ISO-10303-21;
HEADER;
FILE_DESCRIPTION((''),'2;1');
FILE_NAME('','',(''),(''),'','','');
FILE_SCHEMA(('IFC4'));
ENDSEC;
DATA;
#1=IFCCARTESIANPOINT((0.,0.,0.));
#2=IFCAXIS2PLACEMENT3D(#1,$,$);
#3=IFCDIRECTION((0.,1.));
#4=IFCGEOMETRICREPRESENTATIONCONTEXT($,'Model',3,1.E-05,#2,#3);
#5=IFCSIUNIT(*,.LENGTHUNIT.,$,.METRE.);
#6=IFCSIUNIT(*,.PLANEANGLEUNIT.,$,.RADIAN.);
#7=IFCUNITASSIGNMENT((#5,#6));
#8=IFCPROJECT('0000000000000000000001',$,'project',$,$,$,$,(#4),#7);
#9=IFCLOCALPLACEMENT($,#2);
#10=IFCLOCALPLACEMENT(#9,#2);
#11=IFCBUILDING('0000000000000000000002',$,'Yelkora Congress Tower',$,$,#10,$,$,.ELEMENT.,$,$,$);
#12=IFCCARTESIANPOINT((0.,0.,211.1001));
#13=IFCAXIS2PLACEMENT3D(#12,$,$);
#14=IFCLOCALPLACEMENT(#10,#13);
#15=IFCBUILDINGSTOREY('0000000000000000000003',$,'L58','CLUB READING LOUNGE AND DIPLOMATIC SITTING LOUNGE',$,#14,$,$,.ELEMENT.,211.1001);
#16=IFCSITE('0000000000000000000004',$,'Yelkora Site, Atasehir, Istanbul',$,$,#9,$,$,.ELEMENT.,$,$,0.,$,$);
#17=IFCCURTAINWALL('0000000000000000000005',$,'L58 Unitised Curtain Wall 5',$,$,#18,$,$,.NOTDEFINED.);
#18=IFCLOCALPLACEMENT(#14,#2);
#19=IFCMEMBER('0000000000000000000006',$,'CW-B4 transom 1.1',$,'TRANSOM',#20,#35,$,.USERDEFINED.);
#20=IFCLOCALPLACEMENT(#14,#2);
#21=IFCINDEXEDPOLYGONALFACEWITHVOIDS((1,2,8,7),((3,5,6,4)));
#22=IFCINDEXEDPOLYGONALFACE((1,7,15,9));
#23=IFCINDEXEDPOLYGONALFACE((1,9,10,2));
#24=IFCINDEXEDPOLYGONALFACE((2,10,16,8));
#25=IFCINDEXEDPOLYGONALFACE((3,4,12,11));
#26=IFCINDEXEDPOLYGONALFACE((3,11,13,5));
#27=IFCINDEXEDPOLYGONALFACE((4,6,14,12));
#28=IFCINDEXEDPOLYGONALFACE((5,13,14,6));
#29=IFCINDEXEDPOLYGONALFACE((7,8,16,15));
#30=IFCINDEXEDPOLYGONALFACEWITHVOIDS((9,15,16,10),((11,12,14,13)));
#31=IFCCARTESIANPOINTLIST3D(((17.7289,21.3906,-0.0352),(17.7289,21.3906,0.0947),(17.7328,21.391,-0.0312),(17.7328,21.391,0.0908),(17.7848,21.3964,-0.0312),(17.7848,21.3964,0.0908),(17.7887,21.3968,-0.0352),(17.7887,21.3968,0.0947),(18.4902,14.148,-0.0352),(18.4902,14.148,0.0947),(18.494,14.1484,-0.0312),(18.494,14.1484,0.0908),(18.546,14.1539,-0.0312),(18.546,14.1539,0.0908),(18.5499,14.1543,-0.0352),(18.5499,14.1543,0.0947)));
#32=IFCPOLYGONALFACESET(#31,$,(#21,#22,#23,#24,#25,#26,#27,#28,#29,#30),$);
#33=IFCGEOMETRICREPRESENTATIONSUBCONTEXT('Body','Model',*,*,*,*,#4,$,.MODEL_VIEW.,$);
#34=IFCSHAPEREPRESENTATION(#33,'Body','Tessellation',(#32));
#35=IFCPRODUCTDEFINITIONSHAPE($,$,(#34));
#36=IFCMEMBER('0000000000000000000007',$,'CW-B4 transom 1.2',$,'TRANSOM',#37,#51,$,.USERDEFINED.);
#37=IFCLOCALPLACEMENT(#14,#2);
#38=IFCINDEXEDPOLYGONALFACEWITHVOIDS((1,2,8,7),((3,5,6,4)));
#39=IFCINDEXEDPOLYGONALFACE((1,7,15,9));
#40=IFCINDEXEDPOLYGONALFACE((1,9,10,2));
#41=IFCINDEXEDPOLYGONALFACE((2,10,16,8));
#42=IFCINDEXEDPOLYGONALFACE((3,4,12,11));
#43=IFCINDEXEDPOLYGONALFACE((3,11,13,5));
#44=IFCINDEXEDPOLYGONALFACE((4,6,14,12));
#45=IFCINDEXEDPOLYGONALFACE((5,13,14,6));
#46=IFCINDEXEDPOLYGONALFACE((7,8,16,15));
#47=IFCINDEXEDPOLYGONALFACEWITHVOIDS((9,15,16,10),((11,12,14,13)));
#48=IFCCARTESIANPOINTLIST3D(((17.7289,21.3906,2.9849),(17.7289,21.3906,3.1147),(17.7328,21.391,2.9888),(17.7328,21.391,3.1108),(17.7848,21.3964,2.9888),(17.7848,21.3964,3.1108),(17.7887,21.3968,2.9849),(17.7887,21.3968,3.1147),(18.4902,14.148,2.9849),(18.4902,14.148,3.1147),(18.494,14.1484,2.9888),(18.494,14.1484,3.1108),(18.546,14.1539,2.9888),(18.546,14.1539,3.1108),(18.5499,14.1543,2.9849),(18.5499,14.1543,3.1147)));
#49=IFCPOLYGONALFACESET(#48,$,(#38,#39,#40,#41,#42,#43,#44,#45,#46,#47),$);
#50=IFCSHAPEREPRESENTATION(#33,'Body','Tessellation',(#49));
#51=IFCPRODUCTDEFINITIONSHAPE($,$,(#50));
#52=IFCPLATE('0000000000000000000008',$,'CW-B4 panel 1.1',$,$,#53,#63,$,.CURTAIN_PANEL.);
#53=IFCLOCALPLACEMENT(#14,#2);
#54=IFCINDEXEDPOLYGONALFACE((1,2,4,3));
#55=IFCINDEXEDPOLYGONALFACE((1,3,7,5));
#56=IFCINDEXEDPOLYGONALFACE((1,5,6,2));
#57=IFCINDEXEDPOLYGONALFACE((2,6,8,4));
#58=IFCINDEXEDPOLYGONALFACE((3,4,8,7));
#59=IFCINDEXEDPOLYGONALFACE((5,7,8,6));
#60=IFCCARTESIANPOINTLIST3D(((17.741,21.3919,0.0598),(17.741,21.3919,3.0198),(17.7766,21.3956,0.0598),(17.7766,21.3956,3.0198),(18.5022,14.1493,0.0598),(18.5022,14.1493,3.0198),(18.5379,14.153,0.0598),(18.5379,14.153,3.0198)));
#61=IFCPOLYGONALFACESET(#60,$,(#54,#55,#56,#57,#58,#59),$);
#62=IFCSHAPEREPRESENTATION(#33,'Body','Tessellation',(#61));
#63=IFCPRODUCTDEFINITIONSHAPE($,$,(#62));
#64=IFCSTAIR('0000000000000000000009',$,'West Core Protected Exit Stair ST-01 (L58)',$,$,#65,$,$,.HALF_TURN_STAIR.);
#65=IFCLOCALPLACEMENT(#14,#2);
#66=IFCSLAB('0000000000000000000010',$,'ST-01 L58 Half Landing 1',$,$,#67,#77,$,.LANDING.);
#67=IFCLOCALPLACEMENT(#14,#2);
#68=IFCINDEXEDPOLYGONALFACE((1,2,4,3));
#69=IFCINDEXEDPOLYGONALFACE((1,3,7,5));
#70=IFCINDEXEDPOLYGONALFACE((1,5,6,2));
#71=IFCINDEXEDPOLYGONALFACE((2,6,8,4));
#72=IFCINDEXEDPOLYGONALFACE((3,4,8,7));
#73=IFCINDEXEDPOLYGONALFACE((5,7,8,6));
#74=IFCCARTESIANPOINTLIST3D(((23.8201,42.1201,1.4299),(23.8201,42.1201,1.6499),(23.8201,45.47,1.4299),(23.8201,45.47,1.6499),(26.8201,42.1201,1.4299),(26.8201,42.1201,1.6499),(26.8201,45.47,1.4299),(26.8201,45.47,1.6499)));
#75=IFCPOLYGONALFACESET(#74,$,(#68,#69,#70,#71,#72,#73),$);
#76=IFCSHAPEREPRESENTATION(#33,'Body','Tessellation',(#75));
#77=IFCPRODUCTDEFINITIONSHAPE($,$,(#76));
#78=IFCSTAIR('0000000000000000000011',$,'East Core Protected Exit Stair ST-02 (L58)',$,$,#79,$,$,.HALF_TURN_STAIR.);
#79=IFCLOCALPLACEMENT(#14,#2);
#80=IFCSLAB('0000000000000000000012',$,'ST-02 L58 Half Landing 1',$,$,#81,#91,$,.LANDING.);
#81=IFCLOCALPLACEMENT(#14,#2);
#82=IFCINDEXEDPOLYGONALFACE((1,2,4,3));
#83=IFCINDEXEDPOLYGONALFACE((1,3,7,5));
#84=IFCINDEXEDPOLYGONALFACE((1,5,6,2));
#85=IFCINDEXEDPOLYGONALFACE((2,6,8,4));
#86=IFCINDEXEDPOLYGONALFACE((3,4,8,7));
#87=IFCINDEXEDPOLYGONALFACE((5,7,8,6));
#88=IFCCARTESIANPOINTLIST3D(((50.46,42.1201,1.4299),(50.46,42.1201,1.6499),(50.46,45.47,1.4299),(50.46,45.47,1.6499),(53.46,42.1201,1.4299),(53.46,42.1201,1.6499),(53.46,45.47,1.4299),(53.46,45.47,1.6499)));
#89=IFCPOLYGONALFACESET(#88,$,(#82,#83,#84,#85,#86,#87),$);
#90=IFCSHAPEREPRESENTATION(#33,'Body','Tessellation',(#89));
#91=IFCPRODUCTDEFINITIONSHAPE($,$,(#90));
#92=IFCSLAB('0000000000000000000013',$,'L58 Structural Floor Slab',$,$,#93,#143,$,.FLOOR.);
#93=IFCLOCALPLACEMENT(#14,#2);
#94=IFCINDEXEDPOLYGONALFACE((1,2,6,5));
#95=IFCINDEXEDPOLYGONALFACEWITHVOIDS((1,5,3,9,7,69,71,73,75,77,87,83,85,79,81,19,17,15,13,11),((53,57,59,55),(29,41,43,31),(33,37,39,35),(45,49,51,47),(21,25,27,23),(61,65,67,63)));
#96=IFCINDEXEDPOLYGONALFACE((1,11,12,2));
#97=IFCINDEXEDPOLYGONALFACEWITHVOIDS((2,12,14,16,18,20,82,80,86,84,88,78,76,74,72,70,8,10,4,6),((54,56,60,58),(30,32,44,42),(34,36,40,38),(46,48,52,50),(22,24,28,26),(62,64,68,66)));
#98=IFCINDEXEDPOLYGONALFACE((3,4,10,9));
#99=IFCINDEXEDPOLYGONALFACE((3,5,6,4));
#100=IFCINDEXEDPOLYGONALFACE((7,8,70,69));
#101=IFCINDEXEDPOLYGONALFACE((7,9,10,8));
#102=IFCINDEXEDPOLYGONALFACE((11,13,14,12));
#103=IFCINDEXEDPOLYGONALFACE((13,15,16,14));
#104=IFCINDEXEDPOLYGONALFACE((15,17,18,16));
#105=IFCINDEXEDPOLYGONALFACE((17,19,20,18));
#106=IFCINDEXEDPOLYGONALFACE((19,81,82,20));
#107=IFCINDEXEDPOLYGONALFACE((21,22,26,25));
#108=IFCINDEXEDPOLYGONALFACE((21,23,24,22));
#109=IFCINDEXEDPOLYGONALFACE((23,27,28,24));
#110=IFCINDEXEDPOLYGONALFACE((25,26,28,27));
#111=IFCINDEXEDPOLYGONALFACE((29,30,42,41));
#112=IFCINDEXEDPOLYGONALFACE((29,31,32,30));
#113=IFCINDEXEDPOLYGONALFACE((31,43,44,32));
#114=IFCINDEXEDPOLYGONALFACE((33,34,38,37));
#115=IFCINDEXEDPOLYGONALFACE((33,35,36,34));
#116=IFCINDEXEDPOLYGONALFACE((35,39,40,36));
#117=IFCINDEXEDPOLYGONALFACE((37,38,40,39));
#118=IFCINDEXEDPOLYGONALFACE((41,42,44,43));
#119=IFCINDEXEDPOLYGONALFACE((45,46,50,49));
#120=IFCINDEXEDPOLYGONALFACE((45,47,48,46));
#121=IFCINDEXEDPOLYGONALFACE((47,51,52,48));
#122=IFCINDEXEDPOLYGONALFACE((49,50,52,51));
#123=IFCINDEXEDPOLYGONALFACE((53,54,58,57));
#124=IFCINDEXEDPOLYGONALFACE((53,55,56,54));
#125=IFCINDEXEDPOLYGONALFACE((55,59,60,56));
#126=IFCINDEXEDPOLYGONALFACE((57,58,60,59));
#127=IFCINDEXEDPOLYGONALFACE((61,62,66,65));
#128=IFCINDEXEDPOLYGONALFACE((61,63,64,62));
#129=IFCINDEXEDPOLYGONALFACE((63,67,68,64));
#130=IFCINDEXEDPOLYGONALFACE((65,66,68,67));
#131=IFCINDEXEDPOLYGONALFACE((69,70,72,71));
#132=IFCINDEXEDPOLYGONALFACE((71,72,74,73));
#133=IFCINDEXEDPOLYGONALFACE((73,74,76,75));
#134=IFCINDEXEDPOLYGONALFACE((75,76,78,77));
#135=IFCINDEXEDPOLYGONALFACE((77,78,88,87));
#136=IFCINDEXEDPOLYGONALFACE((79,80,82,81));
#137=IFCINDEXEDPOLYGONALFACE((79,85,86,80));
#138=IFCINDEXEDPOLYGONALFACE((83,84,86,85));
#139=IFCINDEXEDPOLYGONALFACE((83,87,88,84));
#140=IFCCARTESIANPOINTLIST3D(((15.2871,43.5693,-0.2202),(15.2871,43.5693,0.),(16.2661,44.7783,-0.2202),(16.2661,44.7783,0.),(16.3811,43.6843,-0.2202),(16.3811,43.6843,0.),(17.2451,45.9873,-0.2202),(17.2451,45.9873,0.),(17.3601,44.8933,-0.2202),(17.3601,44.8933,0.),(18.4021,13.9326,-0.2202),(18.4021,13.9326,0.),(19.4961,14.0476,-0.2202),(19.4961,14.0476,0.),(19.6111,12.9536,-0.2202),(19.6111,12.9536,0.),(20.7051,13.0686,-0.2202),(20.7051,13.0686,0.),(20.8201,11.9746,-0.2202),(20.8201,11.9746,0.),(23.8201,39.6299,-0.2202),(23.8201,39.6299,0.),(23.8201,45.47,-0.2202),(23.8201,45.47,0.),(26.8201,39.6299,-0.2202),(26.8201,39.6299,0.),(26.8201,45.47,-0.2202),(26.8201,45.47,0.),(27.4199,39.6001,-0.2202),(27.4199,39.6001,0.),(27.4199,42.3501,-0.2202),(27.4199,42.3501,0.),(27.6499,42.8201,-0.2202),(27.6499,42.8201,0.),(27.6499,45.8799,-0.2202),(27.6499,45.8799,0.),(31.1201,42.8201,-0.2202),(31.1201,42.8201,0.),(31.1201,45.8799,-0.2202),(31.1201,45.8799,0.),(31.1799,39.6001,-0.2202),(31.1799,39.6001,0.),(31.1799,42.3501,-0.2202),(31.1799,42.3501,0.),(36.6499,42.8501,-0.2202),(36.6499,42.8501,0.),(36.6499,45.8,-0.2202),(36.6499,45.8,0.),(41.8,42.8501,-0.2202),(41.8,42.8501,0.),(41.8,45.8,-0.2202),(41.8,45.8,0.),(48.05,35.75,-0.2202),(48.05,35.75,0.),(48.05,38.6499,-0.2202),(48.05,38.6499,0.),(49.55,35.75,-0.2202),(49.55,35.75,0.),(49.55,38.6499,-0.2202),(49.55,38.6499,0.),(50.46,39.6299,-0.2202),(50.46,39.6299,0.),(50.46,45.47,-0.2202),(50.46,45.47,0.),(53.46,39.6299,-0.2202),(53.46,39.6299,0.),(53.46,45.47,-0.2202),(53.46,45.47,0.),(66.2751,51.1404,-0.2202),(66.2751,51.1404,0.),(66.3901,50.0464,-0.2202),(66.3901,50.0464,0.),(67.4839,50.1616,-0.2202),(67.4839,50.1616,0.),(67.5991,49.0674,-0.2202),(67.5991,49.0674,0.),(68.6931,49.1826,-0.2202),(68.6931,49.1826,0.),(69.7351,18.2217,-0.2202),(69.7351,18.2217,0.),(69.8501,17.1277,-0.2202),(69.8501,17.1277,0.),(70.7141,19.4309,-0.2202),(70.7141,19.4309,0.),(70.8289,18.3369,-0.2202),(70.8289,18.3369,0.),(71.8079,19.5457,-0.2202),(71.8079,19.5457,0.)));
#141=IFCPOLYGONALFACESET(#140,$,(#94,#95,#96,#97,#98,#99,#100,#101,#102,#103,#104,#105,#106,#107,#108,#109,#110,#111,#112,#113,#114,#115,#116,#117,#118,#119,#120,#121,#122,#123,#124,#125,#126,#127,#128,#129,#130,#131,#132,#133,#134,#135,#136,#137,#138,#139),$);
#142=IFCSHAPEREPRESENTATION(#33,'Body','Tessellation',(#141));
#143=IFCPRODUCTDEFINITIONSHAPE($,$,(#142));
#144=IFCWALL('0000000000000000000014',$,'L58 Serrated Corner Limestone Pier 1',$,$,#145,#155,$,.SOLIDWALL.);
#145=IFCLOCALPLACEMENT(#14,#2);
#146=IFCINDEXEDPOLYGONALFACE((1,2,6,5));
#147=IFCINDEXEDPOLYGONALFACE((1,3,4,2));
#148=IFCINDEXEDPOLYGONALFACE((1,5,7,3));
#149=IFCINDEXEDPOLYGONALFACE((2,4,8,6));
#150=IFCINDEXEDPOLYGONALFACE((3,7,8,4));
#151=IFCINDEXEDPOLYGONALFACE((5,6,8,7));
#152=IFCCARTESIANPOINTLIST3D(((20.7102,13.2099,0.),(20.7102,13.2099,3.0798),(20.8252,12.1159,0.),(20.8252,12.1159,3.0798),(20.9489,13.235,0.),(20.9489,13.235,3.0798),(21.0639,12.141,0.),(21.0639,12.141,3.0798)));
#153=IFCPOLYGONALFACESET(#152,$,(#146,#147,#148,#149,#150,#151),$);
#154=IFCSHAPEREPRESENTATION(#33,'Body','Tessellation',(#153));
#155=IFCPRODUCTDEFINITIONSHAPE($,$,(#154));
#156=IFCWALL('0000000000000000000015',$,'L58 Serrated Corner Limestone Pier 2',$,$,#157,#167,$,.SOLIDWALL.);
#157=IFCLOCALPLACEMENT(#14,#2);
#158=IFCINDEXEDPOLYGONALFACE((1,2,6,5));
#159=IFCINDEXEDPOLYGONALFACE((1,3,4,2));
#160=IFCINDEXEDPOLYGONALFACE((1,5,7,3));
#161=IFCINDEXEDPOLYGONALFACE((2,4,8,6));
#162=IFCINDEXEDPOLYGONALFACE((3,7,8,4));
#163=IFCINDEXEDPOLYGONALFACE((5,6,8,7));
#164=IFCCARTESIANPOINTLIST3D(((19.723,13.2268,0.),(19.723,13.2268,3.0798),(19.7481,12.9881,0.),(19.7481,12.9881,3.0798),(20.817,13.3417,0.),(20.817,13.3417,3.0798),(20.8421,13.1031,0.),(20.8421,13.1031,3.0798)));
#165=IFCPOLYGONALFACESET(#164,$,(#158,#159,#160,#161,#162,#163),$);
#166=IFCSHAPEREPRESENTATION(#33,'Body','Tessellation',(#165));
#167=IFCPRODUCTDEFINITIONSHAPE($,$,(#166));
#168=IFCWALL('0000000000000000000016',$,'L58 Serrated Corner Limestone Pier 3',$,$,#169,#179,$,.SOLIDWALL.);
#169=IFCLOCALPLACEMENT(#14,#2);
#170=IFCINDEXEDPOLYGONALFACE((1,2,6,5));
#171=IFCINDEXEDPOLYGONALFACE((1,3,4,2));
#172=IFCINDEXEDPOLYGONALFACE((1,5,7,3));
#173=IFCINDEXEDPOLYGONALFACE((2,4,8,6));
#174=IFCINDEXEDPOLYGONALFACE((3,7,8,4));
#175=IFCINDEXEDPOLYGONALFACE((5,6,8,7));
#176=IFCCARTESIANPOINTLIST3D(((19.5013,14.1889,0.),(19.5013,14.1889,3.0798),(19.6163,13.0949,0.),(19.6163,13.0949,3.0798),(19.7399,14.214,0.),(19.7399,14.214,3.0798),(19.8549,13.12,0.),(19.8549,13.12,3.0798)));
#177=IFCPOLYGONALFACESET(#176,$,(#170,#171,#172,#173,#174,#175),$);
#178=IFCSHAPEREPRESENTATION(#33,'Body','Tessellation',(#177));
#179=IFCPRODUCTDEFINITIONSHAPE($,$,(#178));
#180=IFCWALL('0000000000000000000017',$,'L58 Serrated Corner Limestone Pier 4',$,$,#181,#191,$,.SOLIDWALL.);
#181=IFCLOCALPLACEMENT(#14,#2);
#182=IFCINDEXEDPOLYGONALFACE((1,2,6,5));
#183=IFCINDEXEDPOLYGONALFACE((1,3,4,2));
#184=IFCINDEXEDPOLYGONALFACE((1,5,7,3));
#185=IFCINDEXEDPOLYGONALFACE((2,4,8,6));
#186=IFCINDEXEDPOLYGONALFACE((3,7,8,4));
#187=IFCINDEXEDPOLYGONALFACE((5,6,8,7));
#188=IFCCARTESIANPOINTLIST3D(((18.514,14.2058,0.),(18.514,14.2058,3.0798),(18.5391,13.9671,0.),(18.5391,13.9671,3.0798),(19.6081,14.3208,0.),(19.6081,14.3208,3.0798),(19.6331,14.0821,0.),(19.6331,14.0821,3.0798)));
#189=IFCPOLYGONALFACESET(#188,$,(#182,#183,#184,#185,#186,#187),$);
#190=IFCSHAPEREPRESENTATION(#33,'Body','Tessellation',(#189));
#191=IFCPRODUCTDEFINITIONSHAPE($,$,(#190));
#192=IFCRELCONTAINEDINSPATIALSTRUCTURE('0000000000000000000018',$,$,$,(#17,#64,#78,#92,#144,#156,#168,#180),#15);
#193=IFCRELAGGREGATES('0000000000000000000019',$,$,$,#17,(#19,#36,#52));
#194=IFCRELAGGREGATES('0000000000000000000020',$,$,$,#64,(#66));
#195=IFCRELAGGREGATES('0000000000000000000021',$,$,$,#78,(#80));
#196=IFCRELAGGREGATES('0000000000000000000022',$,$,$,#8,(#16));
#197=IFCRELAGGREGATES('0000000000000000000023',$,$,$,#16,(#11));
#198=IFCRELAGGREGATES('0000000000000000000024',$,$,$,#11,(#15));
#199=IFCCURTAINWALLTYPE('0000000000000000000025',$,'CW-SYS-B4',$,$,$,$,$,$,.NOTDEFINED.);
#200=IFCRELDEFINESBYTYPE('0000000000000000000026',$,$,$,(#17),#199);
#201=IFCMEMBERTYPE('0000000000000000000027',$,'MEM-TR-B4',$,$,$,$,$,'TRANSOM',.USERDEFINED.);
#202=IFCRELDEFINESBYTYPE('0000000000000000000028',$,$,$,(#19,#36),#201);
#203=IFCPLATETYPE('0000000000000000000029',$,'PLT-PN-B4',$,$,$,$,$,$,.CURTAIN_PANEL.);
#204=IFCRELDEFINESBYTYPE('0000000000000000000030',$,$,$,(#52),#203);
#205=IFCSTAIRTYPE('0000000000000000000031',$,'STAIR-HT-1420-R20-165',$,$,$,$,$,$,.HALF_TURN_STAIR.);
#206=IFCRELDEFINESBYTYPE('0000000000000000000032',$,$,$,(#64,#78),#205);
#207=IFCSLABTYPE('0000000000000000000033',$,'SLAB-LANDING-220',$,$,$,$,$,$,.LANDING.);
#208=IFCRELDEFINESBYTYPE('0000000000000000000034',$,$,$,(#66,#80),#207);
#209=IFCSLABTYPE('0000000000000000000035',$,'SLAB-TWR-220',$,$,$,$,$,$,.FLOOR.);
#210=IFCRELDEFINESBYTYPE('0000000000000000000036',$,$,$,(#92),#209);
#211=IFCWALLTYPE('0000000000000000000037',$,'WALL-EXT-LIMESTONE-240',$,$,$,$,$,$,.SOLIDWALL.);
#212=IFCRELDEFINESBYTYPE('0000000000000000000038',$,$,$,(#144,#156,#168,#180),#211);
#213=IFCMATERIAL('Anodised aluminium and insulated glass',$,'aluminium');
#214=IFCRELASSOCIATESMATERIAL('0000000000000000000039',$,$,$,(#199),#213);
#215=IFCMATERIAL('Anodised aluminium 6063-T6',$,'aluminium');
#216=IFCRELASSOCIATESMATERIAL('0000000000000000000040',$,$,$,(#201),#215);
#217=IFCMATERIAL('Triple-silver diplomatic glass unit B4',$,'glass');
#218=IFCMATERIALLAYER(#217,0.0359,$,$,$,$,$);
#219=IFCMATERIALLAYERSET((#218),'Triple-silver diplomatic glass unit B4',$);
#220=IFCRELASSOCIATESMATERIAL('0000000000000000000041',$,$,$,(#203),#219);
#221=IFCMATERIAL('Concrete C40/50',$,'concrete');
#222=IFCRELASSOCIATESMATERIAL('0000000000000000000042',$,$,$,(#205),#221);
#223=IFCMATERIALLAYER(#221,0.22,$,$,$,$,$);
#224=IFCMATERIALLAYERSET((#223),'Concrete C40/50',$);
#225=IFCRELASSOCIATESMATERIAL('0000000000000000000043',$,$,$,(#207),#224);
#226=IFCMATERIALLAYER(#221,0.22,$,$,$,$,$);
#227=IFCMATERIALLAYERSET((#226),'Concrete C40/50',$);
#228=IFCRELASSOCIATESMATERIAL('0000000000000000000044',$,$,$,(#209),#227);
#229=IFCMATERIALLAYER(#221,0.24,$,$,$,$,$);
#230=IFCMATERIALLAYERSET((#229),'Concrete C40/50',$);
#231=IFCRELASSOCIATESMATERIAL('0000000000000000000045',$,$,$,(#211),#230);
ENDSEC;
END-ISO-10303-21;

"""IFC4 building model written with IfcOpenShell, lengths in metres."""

from ifc_helpers import new_model, si_unit, direction, frame, frame_2d, origin, origin_2d, place, context, subcontext, project, spatial, polyline, rectangle, hollow_rectangle, outline, extrude, material, layer, layer_set, material_profile, profile_set, type_object, element, aggregate, save


model = new_model("IFC4")

# Units and contexts
model_context = context("Model", 3, precision=1e-05, world=origin(), true_north=direction((0.0, 1.0)))
body_context = subcontext(model_context, "Body", "Model", "MODEL_VIEW")
ifc_project = project(units=[si_unit("LENGTHUNIT", "METRE"), si_unit("PLANEANGLEUNIT", "RADIAN")], contexts=[model_context])

# Site, building, storey
site_placement = place(None, origin())
site = spatial("IfcSite", under=ifc_project, at=site_placement, Name="Yelkora Site, Atasehir, Istanbul", CompositionType="ELEMENT", RefElevation=0.0)
building_placement = place(site_placement, origin())
building = spatial("IfcBuilding", under=site, at=building_placement, Name="Yelkora Congress Tower", CompositionType="ELEMENT")
storey_placement = place(building_placement, frame((0.0, 0.0, 211.1001)))
storey = spatial("IfcBuildingStorey", under=building, at=storey_placement, Name="L58", Description="CLUB READING LOUNGE AND DIPLOMATIC SITTING LOUNGE", CompositionType="ELEMENT", Elevation=211.1001)

# Curtain wall
ifc_material_1 = material(Name="Anodised aluminium and insulated glass", Category="aluminium")
curtain_wall_type = type_object("IfcCurtainWallType", Name="CW-SYS-B4", PredefinedType="NOTDEFINED", material=ifc_material_1)
curtain_wall_1_placement = place(storey_placement, origin())
curtain_wall_1 = element("IfcCurtainWall", 1, at=curtain_wall_1_placement, inside=storey, type_object=curtain_wall_type, Name="L58 Unitised Curtain Wall 5", PredefinedType="NOTDEFINED")
ifc_material_2 = material(Name="Anodised aluminium 6063-T6", Category="aluminium")

# Members
ifc_material_profile_1 = material_profile(ifc_material_2, hollow_rectangle(XDim=0.0601, YDim=0.1299, WallThickness=0.0039, at=origin_2d()), Name="ALU 60x130x4")
ifc_profile_set_1 = profile_set([ifc_material_profile_1], Name="Anodised aluminium 6063-T6")
member_type_1 = type_object("IfcMemberType", Name="MEM-TR-B4", ElementType="TRANSOM", PredefinedType="USERDEFINED", material=ifc_profile_set_1)
member_1_placement = place(storey_placement, frame((18.52, 14.1511, 0.0298), z_axis=(-0.104528, 0.994522, 0.0), x_axis=(-0.994522, -0.104528, 0.0)))
member_1 = element("IfcMember", 2, at=member_1_placement, type_object=member_type_1, Name="CW-B4 transom 1.1", ObjectType="TRANSOM", PredefinedType="USERDEFINED", context=body_context, shape_type="SweptSolid", body=[
    extrude(hollow_rectangle(XDim=0.0601, YDim=0.1299, WallThickness=0.0039, at=origin_2d()), origin(), (0.0, 0.0, 1.0), 7.2825),
])
member_2_placement = place(storey_placement, frame((18.52, 14.1511, 3.0498), z_axis=(-0.104528, 0.994522, 0.0), x_axis=(-0.994522, -0.104528, 0.0)))
member_2 = element("IfcMember", 3, at=member_2_placement, type_object=member_type_1, Name="CW-B4 transom 1.2", ObjectType="TRANSOM", PredefinedType="USERDEFINED", context=body_context, shape_type="SweptSolid", body=[
    extrude(hollow_rectangle(XDim=0.0601, YDim=0.1299, WallThickness=0.0039, at=origin_2d()), origin(), (0.0, 0.0, 1.0), 7.2825),
])

# Plate
ifc_material_3 = material(Name="Triple-silver diplomatic glass unit B4", Category="glass")
ifc_layer_1 = layer(ifc_material_3, 0.0359)
ifc_layer_set_1 = layer_set([ifc_layer_1], Name="Triple-silver diplomatic glass unit B4")
plate_type = type_object("IfcPlateType", Name="PLT-PN-B4", PredefinedType="CURTAIN_PANEL", material=ifc_layer_set_1)
plate_placement = place(storey_placement, frame((18.1394, 17.7725, 0.0598), z_axis=(0.0, 0.0, 1.0), x_axis=(-0.104526, 0.994522, 0.0)))
plate = element("IfcPlate", 4, at=plate_placement, type_object=plate_type, Name="CW-B4 panel 1.1", PredefinedType="CURTAIN_PANEL", context=body_context, shape_type="SweptSolid", body=[
    extrude(rectangle(XDim=7.2825, YDim=0.0359, at=origin_2d()), origin(), (0.0, 0.0, 1.0), 2.96),
])
aggregate(curtain_wall_1, [member_1, member_2, plate])

# Stairs, slabs
ifc_material_4 = material(Name="Concrete C40/50", Category="concrete")
stair_type = type_object("IfcStairType", Name="STAIR-HT-1420-R20-165", PredefinedType="HALF_TURN_STAIR", material=ifc_material_4)
stair_1_placement = place(storey_placement, origin())
stair_1 = element("IfcStair", 5, at=stair_1_placement, inside=storey, type_object=stair_type, Name="West Core Protected Exit Stair ST-01 (L58)", PredefinedType="HALF_TURN_STAIR")
ifc_layer_2 = layer(ifc_material_4, 0.22)
ifc_layer_set_2 = layer_set([ifc_layer_2], Name="Concrete C40/50")
slab_type_1 = type_object("IfcSlabType", Name="SLAB-LANDING-220", PredefinedType="LANDING", material=ifc_layer_set_2)
slab_1_placement = place(storey_placement, frame((0.0, 0.0, 1.4299)))
slab_1 = element("IfcSlab", 6, at=slab_1_placement, type_object=slab_type_1, Name="ST-01 L58 Half Landing 1", PredefinedType="LANDING", context=body_context, shape_type="SweptSolid", body=[
    extrude(outline(polyline([(26.8201, 42.1201), (26.8201, 45.47), (23.8201, 45.47), (23.8201, 42.1201), (26.8201, 42.1201)])), origin(), (0.0, 0.0, 1.0), 0.22),
])
aggregate(stair_1, [slab_1])
stair_2_placement = place(storey_placement, origin())
stair_2 = element("IfcStair", 7, at=stair_2_placement, inside=storey, type_object=stair_type, Name="East Core Protected Exit Stair ST-02 (L58)", PredefinedType="HALF_TURN_STAIR")
slab_2_placement = place(storey_placement, frame((0.0, 0.0, 1.4299)))
slab_2 = element("IfcSlab", 8, at=slab_2_placement, type_object=slab_type_1, Name="ST-02 L58 Half Landing 1", PredefinedType="LANDING", context=body_context, shape_type="SweptSolid", body=[
    extrude(outline(polyline([(53.46, 42.1201), (53.46, 45.47), (50.46, 45.47), (50.46, 42.1201), (53.46, 42.1201)])), origin(), (0.0, 0.0, 1.0), 0.22),
])
aggregate(stair_2, [slab_2])

# Slab
ifc_layer_3 = layer(ifc_material_4, 0.22)
ifc_layer_set_3 = layer_set([ifc_layer_3], Name="Concrete C40/50")
slab_type_2 = type_object("IfcSlabType", Name="SLAB-TWR-220", PredefinedType="FLOOR", material=ifc_layer_set_3)
slab_3_placement = place(storey_placement, frame((0.0, 0.0, -0.2202)))
element("IfcSlab", 9, at=slab_3_placement, inside=storey, type_object=slab_type_2, Name="L58 Structural Floor Slab", PredefinedType="FLOOR", context=body_context, shape_type="SweptSolid", body=[
    extrude(outline(polyline([(20.8201, 11.9746), (69.8501, 17.1277), (69.7351, 18.2217), (70.8289, 18.3369), (70.7141, 19.4309), (71.8079, 19.5457), (68.6931, 49.1826), (67.5991, 49.0674), (67.4839, 50.1616), (66.3901, 50.0464), (66.2751, 51.1404), (17.2451, 45.9873), (17.3601, 44.8933), (16.2661, 44.7783), (16.3811, 43.6843), (15.2871, 43.5693), (18.4021, 13.9326), (19.4961, 14.0476), (19.6111, 12.9536), (20.7051, 13.0686), (20.8201, 11.9746)]), holes=[polyline([(23.8201, 39.6299), (26.8201, 39.6299), (26.8201, 45.47), (23.8201, 45.47), (23.8201, 39.6299)]), polyline([(50.46, 39.6299), (53.46, 39.6299), (53.46, 45.47), (50.46, 45.47), (50.46, 39.6299)]), polyline([(48.05, 35.75), (49.55, 35.75), (49.55, 38.6499), (48.05, 38.6499), (48.05, 35.75)]), polyline([(36.6499, 42.8501), (41.8, 42.8501), (41.8, 45.8), (36.6499, 45.8), (36.6499, 42.8501)]), polyline([(27.4199, 39.6001), (31.1799, 39.6001), (31.1799, 42.3501), (27.4199, 42.3501), (27.4199, 39.6001)]), polyline([(27.6499, 42.8201), (31.1201, 42.8201), (31.1201, 45.8799), (27.6499, 45.8799), (27.6499, 42.8201)])]), origin(), (0.0, 0.0, 1.0), 0.2202),
])

# Walls
ifc_layer_4 = layer(ifc_material_4, 0.24)
ifc_layer_set_4 = layer_set([ifc_layer_4], Name="Concrete C40/50")
wall_type_1 = type_object("IfcWallType", Name="WALL-EXT-LIMESTONE-240", PredefinedType="SOLIDWALL", material=ifc_layer_set_4)
for number, where, z_axis, x_axis, name in (
    (10, (20.9446, 12.1284, 0.0), (0.0, 0.0, 1.0), (-0.104535, 0.994521, 0.0), "L58 Serrated Corner Limestone Pier 1"),
    (11, (20.8296, 13.2224, 0.0), (0.0, 0.0, 1.0), (-0.994521, -0.104535, 0.0), "L58 Serrated Corner Limestone Pier 2"),
    (12, (19.7356, 13.1074, 0.0), (0.0, 0.0, 1.0), (-0.104535, 0.994521, 0.0), "L58 Serrated Corner Limestone Pier 3"),
    (13, (19.6206, 14.2014, 0.0), (0.0, 0.0, 1.0), (-0.994521, -0.104535, 0.0), "L58 Serrated Corner Limestone Pier 4"),
):
    element("IfcWall", number, at=place(storey_placement, frame(where, z_axis=z_axis, x_axis=x_axis)), inside=storey, type_object=wall_type_1, Name=name, PredefinedType="SOLIDWALL", context=body_context, shape_type="SweptSolid", body=[
        extrude(rectangle(XDim=1.1001, YDim=0.24, at=frame_2d((0.55, 0.0))), origin(), (0.0, 0.0, 1.0), 3.0798),
    ])

save(model, "model.ifc")
